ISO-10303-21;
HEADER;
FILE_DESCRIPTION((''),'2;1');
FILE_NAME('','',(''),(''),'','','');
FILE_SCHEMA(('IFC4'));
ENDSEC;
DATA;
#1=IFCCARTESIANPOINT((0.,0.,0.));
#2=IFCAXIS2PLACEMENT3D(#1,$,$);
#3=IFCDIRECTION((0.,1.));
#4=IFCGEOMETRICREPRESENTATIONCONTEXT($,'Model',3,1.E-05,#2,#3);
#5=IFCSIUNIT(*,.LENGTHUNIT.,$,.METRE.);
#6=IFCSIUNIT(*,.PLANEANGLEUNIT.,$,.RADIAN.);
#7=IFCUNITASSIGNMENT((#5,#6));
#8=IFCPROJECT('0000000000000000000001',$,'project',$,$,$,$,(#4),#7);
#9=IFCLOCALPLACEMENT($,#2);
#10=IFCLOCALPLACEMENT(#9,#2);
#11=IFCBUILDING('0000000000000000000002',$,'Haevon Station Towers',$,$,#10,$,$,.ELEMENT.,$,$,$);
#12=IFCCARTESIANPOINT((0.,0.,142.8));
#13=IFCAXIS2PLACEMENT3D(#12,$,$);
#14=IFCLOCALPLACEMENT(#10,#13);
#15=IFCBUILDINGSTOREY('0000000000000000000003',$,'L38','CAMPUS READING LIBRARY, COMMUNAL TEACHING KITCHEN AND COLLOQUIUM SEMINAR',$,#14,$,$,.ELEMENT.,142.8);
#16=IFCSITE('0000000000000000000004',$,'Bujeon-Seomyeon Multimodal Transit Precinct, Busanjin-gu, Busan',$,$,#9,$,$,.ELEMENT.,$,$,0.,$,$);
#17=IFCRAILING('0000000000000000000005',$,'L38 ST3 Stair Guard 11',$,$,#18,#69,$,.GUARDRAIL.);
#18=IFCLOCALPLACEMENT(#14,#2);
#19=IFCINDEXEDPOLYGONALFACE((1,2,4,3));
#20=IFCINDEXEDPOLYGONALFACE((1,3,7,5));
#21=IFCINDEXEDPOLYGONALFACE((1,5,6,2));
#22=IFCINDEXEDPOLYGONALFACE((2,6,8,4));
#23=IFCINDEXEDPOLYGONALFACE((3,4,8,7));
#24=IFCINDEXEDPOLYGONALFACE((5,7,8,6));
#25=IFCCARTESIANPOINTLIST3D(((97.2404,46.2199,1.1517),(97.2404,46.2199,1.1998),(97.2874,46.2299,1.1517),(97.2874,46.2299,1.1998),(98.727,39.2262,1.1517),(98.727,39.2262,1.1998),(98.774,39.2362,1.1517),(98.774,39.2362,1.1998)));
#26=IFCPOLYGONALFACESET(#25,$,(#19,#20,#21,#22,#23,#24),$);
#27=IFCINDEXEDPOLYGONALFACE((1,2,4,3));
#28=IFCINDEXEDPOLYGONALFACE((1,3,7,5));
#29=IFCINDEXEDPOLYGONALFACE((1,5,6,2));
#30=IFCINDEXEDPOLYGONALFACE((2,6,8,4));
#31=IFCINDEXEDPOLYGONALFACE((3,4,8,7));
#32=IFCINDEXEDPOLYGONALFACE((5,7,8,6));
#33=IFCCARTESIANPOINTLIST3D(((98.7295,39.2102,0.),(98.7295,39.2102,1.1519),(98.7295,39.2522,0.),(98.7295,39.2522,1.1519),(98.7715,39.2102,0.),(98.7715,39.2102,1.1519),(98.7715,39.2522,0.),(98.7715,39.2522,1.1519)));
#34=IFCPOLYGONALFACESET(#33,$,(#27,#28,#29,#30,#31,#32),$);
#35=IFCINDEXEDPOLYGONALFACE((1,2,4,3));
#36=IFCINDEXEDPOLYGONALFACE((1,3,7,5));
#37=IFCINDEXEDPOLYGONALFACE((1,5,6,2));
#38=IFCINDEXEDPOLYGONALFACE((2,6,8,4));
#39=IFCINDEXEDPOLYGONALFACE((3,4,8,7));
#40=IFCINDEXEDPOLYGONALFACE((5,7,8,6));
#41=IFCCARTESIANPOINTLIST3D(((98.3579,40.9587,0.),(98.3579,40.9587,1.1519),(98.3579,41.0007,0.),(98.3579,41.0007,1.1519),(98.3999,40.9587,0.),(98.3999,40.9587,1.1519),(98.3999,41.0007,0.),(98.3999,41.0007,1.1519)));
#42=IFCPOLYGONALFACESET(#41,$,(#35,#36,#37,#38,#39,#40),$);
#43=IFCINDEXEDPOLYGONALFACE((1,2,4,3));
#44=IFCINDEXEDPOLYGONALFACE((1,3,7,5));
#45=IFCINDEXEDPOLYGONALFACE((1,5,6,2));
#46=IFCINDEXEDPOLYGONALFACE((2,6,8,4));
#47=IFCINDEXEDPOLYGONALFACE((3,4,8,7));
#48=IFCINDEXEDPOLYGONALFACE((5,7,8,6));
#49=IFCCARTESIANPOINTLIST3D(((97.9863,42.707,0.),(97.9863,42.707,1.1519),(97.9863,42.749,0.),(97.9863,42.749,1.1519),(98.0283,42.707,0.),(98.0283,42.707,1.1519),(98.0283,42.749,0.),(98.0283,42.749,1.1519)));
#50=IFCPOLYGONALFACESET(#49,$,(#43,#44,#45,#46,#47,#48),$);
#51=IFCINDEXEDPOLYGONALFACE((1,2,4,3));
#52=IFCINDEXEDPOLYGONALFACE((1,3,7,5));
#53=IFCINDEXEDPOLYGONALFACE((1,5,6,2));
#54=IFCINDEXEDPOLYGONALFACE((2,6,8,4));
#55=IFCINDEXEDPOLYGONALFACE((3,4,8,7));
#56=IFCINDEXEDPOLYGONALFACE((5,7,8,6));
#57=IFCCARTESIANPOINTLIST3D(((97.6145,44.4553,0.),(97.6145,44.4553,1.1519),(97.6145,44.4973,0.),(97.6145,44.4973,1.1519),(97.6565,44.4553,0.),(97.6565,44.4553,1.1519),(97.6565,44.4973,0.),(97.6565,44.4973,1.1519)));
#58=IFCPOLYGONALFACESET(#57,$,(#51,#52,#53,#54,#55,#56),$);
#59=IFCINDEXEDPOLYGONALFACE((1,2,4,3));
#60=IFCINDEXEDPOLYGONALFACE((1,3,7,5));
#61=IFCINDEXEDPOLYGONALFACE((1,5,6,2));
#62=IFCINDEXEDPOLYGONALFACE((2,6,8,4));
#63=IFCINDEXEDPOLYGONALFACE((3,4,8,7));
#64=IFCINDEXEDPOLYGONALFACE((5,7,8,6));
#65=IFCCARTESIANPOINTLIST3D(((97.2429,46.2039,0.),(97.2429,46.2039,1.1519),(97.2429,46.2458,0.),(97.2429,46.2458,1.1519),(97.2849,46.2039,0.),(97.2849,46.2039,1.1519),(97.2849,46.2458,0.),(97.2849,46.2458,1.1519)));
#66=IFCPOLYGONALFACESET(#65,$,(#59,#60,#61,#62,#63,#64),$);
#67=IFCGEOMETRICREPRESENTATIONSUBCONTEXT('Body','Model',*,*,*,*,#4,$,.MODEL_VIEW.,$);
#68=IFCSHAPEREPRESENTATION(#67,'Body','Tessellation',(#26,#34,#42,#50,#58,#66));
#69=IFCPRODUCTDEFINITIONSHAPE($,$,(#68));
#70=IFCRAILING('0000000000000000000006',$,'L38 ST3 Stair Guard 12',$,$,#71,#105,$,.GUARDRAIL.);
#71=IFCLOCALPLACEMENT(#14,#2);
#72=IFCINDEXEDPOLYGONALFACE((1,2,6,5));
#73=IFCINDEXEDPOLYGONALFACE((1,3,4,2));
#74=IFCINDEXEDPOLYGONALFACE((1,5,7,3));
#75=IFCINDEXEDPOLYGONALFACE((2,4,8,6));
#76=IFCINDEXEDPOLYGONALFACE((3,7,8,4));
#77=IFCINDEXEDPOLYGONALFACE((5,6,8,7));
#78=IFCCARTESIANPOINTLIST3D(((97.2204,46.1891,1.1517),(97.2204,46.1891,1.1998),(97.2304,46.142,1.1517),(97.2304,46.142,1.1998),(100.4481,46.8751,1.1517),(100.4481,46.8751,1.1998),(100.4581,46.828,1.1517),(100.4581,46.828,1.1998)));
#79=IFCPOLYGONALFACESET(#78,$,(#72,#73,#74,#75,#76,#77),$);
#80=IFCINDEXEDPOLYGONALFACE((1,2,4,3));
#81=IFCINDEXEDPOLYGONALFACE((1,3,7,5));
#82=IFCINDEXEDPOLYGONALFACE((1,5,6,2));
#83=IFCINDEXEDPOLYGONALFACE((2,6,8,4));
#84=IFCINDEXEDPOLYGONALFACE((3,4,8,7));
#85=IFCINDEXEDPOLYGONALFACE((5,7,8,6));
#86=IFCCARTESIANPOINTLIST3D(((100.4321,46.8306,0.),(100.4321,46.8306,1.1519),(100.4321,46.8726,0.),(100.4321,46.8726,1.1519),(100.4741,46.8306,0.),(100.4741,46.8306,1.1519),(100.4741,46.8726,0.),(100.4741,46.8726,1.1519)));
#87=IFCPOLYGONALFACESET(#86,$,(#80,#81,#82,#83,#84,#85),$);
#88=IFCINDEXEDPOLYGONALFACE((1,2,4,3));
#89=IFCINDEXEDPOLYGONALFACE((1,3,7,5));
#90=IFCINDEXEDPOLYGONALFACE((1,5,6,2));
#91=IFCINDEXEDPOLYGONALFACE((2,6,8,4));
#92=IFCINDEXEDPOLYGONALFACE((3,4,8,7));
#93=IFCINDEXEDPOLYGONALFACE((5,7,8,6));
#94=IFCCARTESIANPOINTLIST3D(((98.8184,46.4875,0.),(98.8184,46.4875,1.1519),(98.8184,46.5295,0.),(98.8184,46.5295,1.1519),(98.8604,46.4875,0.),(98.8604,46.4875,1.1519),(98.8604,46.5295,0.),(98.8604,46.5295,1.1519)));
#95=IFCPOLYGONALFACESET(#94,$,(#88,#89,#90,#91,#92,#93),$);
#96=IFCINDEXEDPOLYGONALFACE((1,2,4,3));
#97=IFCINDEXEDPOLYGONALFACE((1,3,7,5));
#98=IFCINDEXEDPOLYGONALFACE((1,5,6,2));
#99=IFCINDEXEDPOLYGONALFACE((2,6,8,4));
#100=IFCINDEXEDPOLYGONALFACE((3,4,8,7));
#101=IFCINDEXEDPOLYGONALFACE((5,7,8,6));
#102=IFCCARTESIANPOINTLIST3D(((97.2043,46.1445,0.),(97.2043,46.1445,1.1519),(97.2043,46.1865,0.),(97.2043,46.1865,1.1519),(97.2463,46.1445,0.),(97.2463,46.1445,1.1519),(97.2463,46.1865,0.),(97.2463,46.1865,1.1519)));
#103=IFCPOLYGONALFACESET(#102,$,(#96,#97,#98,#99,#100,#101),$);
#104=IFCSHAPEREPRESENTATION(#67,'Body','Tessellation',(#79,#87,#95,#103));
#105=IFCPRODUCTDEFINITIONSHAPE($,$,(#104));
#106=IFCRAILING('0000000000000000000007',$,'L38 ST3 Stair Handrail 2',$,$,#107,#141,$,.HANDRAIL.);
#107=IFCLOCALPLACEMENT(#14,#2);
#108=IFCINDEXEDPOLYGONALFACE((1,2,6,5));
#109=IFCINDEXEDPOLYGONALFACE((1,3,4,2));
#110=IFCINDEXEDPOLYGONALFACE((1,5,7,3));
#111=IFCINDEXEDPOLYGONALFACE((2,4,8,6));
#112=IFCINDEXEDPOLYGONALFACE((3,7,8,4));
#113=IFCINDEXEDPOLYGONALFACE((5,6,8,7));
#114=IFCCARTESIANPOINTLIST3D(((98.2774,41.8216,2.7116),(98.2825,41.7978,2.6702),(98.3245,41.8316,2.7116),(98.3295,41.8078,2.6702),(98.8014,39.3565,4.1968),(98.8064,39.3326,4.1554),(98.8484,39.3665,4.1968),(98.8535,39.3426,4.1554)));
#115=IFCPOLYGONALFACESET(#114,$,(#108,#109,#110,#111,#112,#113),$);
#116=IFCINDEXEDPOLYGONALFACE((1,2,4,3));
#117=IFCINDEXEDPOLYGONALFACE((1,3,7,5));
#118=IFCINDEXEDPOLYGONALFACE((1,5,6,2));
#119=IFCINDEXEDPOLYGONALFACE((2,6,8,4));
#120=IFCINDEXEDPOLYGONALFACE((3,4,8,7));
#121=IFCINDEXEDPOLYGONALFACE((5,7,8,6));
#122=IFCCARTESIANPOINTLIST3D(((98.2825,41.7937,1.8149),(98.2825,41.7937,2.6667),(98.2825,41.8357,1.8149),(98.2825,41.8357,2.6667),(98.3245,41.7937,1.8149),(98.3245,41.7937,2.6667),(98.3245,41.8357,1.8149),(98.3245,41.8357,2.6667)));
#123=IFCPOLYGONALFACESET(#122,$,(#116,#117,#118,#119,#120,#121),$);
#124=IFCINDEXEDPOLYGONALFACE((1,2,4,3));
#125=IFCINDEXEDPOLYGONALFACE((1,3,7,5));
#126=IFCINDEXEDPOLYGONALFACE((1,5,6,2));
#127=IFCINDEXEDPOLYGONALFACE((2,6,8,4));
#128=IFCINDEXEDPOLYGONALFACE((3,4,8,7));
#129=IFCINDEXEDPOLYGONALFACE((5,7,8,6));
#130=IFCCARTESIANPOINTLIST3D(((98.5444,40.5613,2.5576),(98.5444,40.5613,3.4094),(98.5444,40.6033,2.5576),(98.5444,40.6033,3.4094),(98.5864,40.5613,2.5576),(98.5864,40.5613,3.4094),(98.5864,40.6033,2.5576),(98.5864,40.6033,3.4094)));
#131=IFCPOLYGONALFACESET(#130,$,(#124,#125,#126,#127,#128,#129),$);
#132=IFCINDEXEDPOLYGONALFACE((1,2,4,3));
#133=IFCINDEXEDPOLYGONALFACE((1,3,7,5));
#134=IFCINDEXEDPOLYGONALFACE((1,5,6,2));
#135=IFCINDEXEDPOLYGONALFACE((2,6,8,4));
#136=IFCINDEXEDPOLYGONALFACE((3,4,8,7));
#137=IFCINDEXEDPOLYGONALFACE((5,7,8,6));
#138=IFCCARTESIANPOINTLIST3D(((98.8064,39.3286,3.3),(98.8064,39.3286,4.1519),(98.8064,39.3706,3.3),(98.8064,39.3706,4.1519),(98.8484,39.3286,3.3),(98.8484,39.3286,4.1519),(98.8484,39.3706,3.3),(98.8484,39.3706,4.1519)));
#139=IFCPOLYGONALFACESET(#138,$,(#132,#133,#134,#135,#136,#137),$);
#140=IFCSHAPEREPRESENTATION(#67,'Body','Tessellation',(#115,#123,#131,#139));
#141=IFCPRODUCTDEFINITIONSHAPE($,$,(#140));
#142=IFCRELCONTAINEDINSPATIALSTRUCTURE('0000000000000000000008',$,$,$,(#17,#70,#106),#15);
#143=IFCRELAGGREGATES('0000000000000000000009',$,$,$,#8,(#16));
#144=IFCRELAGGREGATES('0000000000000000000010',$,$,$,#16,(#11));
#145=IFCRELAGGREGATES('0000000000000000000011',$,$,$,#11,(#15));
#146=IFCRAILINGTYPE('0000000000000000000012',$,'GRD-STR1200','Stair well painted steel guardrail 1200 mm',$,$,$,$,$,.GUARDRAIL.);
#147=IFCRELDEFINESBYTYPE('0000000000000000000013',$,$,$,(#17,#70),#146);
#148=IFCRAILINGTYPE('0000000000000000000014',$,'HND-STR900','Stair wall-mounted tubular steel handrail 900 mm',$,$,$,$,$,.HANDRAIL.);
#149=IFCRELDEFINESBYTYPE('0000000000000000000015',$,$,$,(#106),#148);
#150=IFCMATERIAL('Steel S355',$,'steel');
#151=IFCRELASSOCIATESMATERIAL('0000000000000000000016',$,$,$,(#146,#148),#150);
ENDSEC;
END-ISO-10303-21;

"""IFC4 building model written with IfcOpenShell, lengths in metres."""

from ifc_helpers import new_model, si_unit, direction, frame, origin, origin_2d, place, context, subcontext, project, spatial, rectangle, extrude, material, type_object, element, save


model = new_model("IFC4")

# Units and contexts
model_context = context("Model", 3, precision=1e-05, world=origin(), true_north=direction((0.0, 1.0)))
body_context = subcontext(model_context, "Body", "Model", "MODEL_VIEW")
ifc_project = project(units=[si_unit("LENGTHUNIT", "METRE"), si_unit("PLANEANGLEUNIT", "RADIAN")], contexts=[model_context])

# Site, building, storey
site_placement = place(None, origin())
site = spatial("IfcSite", under=ifc_project, at=site_placement, Name="Bujeon-Seomyeon Multimodal Transit Precinct, Busanjin-gu, Busan", CompositionType="ELEMENT", RefElevation=0.0)
building_placement = place(site_placement, origin())
building = spatial("IfcBuilding", under=site, at=building_placement, Name="Haevon Station Towers", CompositionType="ELEMENT")
storey_placement = place(building_placement, frame((0.0, 0.0, 142.8)))
storey = spatial("IfcBuildingStorey", under=building, at=storey_placement, Name="L38", Description="CAMPUS READING LIBRARY, COMMUNAL TEACHING KITCHEN AND COLLOQUIUM SEMINAR", CompositionType="ELEMENT", Elevation=142.8)

# Shared definitions
ifc_material_1 = material(Name="Steel S355", Category="steel")

# Railings
railing_type_1 = type_object("IfcRailingType", Name="GRD-STR1200", Description="Stair well painted steel guardrail 1200 mm", PredefinedType="GUARDRAIL", material=ifc_material_1)
railing_1_placement = place(storey_placement, frame((98.7505, 39.2312, 0.0)))
element("IfcRailing", 1, at=railing_1_placement, inside=storey, type_object=railing_type_1, Name="L38 ST3 Stair Guard 11", PredefinedType="GUARDRAIL", context=body_context, shape_type="SweptSolid", body=[
    extrude(rectangle(XDim=0.0481, YDim=0.0481, at=origin_2d()), frame((0.0, 0.0, 1.1758), z_axis=(-0.207915, 0.978147, 0.0), x_axis=(-0.978147, -0.207915, 0.0)), (0.0, 0.0, 1.0), 7.1499),
    extrude(rectangle(XDim=0.042, YDim=0.042, at=origin_2d()), origin(), (0.0, 0.0, 1.0), 1.1519),
    extrude(rectangle(XDim=0.042, YDim=0.042, at=origin_2d()), frame((-0.3716, 1.7485, 0.0)), (0.0, 0.0, 1.0), 1.1519),
    extrude(rectangle(XDim=0.042, YDim=0.042, at=origin_2d()), frame((-0.7432, 3.4968, 0.0)), (0.0, 0.0, 1.0), 1.1519),
    extrude(rectangle(XDim=0.042, YDim=0.042, at=origin_2d()), frame((-1.115, 5.2451, 0.0)), (0.0, 0.0, 1.0), 1.1519),
    extrude(rectangle(XDim=0.042, YDim=0.042, at=origin_2d()), frame((-1.4866, 6.9937, 0.0)), (0.0, 0.0, 1.0), 1.1519),
])
railing_2_placement = place(storey_placement, frame((100.4531, 46.8516, 0.0)))
element("IfcRailing", 2, at=railing_2_placement, inside=storey, type_object=railing_type_1, Name="L38 ST3 Stair Guard 12", PredefinedType="GUARDRAIL", context=body_context, shape_type="SweptSolid", body=[
    extrude(rectangle(XDim=0.0481, YDim=0.0481, at=origin_2d()), frame((0.0, 0.0, 1.1758), z_axis=(-0.978151, -0.207897, 0.0), x_axis=(0.207897, -0.978151, 0.0)), (0.0, 0.0, 1.0), 3.2998),
    extrude(rectangle(XDim=0.042, YDim=0.042, at=origin_2d()), origin(), (0.0, 0.0, 1.0), 1.1519),
    extrude(rectangle(XDim=0.042, YDim=0.042, at=origin_2d()), frame((-1.6138, -0.343, 0.0)), (0.0, 0.0, 1.0), 1.1519),
    extrude(rectangle(XDim=0.042, YDim=0.042, at=origin_2d()), frame((-3.2278, -0.686, 0.0)), (0.0, 0.0, 1.0), 1.1519),
])
railing_type_2 = type_object("IfcRailingType", Name="HND-STR900", Description="Stair wall-mounted tubular steel handrail 900 mm", PredefinedType="HANDRAIL", material=ifc_material_1)
railing_3_placement = place(storey_placement, frame((98.3035, 41.8147, 1.8149)))
element("IfcRailing", 3, at=railing_3_placement, inside=storey, type_object=railing_type_2, Name="L38 ST3 Stair Handrail 2", PredefinedType="HANDRAIL", context=body_context, shape_type="SweptSolid", body=[
    extrude(rectangle(XDim=0.0481, YDim=0.0481, at=origin_2d()), frame((0.0, 0.0, 0.876), z_axis=(0.179109, -0.842712, 0.507697), x_axis=(0.978151, 0.207895, 0.0)), (0.0, 0.0, 1.0), 2.9253),
    extrude(rectangle(XDim=0.042, YDim=0.042, at=origin_2d()), origin(), (0.0, 0.0, 1.0), 0.8518),
    extrude(rectangle(XDim=0.042, YDim=0.042, at=origin_2d()), frame((0.262, -1.2324, 0.7427)), (0.0, 0.0, 1.0), 0.8518),
    extrude(rectangle(XDim=0.042, YDim=0.042, at=origin_2d()), frame((0.5239, -2.4651, 1.4851)), (0.0, 0.0, 1.0), 0.8518),
])

save(model, "model.ifc")
